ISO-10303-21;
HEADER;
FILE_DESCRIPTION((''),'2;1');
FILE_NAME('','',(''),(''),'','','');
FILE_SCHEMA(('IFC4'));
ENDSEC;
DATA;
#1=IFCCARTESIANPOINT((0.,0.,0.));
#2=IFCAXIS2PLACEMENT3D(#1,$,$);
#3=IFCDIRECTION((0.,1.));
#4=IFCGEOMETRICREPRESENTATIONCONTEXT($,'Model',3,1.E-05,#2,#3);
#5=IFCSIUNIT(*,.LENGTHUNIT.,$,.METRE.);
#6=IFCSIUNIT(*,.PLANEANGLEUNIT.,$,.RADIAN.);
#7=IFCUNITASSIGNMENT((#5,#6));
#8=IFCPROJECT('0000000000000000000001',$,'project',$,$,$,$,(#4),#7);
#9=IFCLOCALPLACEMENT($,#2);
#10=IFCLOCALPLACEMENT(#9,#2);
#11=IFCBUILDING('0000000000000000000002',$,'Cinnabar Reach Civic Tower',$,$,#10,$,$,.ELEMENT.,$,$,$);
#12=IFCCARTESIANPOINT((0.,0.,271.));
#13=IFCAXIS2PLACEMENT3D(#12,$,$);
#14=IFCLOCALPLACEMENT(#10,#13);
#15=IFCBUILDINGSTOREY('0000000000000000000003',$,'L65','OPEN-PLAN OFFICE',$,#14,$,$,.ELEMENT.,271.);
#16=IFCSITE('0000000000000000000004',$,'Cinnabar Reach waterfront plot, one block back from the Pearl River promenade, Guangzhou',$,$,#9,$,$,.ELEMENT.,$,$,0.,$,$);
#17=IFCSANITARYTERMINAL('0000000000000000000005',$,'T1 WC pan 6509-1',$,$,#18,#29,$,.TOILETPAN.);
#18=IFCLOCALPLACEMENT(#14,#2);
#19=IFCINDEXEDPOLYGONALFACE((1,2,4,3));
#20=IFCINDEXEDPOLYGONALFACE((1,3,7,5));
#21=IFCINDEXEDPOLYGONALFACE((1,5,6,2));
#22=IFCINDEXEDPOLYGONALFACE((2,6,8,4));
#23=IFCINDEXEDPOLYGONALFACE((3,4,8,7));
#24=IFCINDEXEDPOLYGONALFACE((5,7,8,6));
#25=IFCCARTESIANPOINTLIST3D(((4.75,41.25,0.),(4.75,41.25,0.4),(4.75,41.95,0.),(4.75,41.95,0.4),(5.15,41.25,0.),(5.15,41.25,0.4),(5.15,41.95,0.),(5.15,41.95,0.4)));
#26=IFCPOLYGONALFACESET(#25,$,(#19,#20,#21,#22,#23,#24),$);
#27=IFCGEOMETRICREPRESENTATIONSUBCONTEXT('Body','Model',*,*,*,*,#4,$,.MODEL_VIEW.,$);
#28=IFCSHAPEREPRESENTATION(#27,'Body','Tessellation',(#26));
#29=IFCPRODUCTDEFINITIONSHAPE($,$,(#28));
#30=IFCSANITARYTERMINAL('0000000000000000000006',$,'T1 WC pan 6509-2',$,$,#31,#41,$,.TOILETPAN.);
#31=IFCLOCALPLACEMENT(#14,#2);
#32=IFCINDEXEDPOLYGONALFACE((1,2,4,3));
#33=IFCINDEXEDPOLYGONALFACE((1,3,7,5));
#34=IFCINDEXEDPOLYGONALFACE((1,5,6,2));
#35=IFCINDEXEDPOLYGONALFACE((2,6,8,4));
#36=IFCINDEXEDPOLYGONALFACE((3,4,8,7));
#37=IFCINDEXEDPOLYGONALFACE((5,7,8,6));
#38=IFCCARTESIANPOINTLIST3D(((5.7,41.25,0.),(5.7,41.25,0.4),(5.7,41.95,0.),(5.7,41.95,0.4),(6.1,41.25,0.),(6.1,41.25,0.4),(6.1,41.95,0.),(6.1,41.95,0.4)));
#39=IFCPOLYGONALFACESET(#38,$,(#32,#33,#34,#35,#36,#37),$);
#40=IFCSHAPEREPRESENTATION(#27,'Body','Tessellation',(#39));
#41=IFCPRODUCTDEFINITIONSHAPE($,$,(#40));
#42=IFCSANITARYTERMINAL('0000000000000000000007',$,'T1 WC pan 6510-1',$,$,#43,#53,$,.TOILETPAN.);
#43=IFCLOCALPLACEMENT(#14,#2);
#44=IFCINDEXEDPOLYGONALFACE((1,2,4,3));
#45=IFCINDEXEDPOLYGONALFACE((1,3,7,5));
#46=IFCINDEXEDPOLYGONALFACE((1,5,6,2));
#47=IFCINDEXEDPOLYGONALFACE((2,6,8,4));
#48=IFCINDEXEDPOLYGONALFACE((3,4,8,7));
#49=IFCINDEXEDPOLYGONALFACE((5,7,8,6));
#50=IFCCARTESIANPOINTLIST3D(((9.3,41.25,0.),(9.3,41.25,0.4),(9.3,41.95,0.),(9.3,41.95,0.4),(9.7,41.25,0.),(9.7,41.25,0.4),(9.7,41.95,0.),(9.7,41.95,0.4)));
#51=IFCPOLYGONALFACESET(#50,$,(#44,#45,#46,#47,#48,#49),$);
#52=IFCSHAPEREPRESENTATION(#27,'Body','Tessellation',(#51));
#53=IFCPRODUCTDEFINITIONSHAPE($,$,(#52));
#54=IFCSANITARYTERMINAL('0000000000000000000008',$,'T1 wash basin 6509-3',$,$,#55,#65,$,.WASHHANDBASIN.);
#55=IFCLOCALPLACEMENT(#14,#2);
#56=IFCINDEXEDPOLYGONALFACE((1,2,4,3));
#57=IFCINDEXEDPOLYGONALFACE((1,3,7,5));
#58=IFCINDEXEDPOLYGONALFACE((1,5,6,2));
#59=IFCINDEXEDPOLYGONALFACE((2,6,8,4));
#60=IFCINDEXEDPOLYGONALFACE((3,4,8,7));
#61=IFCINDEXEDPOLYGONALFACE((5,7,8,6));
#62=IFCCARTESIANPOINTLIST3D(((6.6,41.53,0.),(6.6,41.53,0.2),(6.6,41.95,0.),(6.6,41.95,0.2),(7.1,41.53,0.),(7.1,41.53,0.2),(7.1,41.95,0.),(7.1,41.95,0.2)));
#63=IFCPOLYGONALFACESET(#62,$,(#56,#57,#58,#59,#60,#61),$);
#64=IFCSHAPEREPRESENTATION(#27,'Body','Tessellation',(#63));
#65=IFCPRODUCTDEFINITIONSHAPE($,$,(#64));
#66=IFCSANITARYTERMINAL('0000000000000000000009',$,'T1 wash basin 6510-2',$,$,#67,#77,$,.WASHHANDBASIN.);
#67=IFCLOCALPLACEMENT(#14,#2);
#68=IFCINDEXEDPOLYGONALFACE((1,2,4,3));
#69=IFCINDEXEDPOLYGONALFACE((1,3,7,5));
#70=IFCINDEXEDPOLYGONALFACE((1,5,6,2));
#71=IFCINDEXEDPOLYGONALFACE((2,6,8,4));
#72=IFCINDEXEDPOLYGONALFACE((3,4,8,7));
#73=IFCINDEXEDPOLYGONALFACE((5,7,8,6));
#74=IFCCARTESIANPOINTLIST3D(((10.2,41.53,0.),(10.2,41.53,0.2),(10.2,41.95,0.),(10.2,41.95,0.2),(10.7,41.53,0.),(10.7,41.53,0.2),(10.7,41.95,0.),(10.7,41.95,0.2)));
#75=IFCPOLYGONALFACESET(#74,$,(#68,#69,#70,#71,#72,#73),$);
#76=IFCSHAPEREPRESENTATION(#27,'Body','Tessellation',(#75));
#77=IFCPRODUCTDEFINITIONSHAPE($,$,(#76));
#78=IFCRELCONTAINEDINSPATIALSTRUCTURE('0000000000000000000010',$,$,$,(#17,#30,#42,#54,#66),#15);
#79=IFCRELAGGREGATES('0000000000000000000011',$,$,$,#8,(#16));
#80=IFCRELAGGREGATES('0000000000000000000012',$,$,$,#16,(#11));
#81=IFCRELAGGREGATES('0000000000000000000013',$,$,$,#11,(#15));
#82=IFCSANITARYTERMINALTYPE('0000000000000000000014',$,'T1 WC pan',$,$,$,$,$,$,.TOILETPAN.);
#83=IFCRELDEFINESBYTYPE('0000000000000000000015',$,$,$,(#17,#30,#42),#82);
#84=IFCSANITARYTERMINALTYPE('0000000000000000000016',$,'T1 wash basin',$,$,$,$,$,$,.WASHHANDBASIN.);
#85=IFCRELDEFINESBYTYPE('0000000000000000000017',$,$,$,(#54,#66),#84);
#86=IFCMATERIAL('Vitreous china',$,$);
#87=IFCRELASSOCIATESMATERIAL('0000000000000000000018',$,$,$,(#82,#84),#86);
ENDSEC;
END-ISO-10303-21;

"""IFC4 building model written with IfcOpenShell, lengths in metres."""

from ifc_helpers import new_model, si_unit, direction, frame, origin, origin_2d, place, context, subcontext, project, spatial, rectangle, extrude, material, type_object, element, save


model = new_model("IFC4")

# Units and contexts
model_context = context("Model", 3, precision=1e-05, world=origin(), true_north=direction((0.0, 1.0)))
body_context = subcontext(model_context, "Body", "Model", "MODEL_VIEW")
ifc_project = project(units=[si_unit("LENGTHUNIT", "METRE"), si_unit("PLANEANGLEUNIT", "RADIAN")], contexts=[model_context])

# Site, building, storey
site_placement = place(None, origin())
site = spatial("IfcSite", under=ifc_project, at=site_placement, Name="Cinnabar Reach waterfront plot, one block back from the Pearl River promenade, Guangzhou", CompositionType="ELEMENT", RefElevation=0.0)
building_placement = place(site_placement, origin())
building = spatial("IfcBuilding", under=site, at=building_placement, Name="Cinnabar Reach Civic Tower", CompositionType="ELEMENT")
storey_placement = place(building_placement, frame((0.0, 0.0, 271.0)))
storey = spatial("IfcBuildingStorey", under=building, at=storey_placement, Name="L65", Description="OPEN-PLAN OFFICE", CompositionType="ELEMENT", Elevation=271.0)

# Sanitary terminals
ifc_material_1 = material(Name="Vitreous china")
sanitary_terminal_type_1 = type_object("IfcSanitaryTerminalType", Name="T1 WC pan", PredefinedType="TOILETPAN", material=ifc_material_1)
for number, where, z_axis, x_axis, name in (
    (1, (4.95, 41.6, 0.0), (0.0, 0.0, 1.0), (1.0, 0.0, 0.0), "T1 WC pan 6509-1"),
    (2, (5.9, 41.6, 0.0), (0.0, 0.0, 1.0), (1.0, 0.0, 0.0), "T1 WC pan 6509-2"),
    (3, (9.5, 41.6, 0.0), (0.0, 0.0, 1.0), (1.0, 0.0, 0.0), "T1 WC pan 6510-1"),
):
    element("IfcSanitaryTerminal", number, at=place(storey_placement, frame(where, z_axis=z_axis, x_axis=x_axis)), inside=storey, type_object=sanitary_terminal_type_1, Name=name, PredefinedType="TOILETPAN", context=body_context, shape_type="SweptSolid", body=[
        extrude(rectangle(XDim=0.4, YDim=0.7, at=origin_2d()), origin(), (0.0, 0.0, 1.0), 0.4),
    ])
sanitary_terminal_type_2 = type_object("IfcSanitaryTerminalType", Name="T1 wash basin", PredefinedType="WASHHANDBASIN", material=ifc_material_1)
for number, where, z_axis, x_axis, name in (
    (4, (6.85, 41.74, 0.0), (0.0, 0.0, 1.0), (1.0, 0.0, 0.0), "T1 wash basin 6509-3"),
    (5, (10.45, 41.74, 0.0), (0.0, 0.0, 1.0), (1.0, 0.0, 0.0), "T1 wash basin 6510-2"),
):
    element("IfcSanitaryTerminal", number, at=place(storey_placement, frame(where, z_axis=z_axis, x_axis=x_axis)), inside=storey, type_object=sanitary_terminal_type_2, Name=name, PredefinedType="WASHHANDBASIN", context=body_context, shape_type="SweptSolid", body=[
        extrude(rectangle(XDim=0.5, YDim=0.42, at=origin_2d()), origin(), (0.0, 0.0, 1.0), 0.2),
    ])

save(model, "model.ifc")
